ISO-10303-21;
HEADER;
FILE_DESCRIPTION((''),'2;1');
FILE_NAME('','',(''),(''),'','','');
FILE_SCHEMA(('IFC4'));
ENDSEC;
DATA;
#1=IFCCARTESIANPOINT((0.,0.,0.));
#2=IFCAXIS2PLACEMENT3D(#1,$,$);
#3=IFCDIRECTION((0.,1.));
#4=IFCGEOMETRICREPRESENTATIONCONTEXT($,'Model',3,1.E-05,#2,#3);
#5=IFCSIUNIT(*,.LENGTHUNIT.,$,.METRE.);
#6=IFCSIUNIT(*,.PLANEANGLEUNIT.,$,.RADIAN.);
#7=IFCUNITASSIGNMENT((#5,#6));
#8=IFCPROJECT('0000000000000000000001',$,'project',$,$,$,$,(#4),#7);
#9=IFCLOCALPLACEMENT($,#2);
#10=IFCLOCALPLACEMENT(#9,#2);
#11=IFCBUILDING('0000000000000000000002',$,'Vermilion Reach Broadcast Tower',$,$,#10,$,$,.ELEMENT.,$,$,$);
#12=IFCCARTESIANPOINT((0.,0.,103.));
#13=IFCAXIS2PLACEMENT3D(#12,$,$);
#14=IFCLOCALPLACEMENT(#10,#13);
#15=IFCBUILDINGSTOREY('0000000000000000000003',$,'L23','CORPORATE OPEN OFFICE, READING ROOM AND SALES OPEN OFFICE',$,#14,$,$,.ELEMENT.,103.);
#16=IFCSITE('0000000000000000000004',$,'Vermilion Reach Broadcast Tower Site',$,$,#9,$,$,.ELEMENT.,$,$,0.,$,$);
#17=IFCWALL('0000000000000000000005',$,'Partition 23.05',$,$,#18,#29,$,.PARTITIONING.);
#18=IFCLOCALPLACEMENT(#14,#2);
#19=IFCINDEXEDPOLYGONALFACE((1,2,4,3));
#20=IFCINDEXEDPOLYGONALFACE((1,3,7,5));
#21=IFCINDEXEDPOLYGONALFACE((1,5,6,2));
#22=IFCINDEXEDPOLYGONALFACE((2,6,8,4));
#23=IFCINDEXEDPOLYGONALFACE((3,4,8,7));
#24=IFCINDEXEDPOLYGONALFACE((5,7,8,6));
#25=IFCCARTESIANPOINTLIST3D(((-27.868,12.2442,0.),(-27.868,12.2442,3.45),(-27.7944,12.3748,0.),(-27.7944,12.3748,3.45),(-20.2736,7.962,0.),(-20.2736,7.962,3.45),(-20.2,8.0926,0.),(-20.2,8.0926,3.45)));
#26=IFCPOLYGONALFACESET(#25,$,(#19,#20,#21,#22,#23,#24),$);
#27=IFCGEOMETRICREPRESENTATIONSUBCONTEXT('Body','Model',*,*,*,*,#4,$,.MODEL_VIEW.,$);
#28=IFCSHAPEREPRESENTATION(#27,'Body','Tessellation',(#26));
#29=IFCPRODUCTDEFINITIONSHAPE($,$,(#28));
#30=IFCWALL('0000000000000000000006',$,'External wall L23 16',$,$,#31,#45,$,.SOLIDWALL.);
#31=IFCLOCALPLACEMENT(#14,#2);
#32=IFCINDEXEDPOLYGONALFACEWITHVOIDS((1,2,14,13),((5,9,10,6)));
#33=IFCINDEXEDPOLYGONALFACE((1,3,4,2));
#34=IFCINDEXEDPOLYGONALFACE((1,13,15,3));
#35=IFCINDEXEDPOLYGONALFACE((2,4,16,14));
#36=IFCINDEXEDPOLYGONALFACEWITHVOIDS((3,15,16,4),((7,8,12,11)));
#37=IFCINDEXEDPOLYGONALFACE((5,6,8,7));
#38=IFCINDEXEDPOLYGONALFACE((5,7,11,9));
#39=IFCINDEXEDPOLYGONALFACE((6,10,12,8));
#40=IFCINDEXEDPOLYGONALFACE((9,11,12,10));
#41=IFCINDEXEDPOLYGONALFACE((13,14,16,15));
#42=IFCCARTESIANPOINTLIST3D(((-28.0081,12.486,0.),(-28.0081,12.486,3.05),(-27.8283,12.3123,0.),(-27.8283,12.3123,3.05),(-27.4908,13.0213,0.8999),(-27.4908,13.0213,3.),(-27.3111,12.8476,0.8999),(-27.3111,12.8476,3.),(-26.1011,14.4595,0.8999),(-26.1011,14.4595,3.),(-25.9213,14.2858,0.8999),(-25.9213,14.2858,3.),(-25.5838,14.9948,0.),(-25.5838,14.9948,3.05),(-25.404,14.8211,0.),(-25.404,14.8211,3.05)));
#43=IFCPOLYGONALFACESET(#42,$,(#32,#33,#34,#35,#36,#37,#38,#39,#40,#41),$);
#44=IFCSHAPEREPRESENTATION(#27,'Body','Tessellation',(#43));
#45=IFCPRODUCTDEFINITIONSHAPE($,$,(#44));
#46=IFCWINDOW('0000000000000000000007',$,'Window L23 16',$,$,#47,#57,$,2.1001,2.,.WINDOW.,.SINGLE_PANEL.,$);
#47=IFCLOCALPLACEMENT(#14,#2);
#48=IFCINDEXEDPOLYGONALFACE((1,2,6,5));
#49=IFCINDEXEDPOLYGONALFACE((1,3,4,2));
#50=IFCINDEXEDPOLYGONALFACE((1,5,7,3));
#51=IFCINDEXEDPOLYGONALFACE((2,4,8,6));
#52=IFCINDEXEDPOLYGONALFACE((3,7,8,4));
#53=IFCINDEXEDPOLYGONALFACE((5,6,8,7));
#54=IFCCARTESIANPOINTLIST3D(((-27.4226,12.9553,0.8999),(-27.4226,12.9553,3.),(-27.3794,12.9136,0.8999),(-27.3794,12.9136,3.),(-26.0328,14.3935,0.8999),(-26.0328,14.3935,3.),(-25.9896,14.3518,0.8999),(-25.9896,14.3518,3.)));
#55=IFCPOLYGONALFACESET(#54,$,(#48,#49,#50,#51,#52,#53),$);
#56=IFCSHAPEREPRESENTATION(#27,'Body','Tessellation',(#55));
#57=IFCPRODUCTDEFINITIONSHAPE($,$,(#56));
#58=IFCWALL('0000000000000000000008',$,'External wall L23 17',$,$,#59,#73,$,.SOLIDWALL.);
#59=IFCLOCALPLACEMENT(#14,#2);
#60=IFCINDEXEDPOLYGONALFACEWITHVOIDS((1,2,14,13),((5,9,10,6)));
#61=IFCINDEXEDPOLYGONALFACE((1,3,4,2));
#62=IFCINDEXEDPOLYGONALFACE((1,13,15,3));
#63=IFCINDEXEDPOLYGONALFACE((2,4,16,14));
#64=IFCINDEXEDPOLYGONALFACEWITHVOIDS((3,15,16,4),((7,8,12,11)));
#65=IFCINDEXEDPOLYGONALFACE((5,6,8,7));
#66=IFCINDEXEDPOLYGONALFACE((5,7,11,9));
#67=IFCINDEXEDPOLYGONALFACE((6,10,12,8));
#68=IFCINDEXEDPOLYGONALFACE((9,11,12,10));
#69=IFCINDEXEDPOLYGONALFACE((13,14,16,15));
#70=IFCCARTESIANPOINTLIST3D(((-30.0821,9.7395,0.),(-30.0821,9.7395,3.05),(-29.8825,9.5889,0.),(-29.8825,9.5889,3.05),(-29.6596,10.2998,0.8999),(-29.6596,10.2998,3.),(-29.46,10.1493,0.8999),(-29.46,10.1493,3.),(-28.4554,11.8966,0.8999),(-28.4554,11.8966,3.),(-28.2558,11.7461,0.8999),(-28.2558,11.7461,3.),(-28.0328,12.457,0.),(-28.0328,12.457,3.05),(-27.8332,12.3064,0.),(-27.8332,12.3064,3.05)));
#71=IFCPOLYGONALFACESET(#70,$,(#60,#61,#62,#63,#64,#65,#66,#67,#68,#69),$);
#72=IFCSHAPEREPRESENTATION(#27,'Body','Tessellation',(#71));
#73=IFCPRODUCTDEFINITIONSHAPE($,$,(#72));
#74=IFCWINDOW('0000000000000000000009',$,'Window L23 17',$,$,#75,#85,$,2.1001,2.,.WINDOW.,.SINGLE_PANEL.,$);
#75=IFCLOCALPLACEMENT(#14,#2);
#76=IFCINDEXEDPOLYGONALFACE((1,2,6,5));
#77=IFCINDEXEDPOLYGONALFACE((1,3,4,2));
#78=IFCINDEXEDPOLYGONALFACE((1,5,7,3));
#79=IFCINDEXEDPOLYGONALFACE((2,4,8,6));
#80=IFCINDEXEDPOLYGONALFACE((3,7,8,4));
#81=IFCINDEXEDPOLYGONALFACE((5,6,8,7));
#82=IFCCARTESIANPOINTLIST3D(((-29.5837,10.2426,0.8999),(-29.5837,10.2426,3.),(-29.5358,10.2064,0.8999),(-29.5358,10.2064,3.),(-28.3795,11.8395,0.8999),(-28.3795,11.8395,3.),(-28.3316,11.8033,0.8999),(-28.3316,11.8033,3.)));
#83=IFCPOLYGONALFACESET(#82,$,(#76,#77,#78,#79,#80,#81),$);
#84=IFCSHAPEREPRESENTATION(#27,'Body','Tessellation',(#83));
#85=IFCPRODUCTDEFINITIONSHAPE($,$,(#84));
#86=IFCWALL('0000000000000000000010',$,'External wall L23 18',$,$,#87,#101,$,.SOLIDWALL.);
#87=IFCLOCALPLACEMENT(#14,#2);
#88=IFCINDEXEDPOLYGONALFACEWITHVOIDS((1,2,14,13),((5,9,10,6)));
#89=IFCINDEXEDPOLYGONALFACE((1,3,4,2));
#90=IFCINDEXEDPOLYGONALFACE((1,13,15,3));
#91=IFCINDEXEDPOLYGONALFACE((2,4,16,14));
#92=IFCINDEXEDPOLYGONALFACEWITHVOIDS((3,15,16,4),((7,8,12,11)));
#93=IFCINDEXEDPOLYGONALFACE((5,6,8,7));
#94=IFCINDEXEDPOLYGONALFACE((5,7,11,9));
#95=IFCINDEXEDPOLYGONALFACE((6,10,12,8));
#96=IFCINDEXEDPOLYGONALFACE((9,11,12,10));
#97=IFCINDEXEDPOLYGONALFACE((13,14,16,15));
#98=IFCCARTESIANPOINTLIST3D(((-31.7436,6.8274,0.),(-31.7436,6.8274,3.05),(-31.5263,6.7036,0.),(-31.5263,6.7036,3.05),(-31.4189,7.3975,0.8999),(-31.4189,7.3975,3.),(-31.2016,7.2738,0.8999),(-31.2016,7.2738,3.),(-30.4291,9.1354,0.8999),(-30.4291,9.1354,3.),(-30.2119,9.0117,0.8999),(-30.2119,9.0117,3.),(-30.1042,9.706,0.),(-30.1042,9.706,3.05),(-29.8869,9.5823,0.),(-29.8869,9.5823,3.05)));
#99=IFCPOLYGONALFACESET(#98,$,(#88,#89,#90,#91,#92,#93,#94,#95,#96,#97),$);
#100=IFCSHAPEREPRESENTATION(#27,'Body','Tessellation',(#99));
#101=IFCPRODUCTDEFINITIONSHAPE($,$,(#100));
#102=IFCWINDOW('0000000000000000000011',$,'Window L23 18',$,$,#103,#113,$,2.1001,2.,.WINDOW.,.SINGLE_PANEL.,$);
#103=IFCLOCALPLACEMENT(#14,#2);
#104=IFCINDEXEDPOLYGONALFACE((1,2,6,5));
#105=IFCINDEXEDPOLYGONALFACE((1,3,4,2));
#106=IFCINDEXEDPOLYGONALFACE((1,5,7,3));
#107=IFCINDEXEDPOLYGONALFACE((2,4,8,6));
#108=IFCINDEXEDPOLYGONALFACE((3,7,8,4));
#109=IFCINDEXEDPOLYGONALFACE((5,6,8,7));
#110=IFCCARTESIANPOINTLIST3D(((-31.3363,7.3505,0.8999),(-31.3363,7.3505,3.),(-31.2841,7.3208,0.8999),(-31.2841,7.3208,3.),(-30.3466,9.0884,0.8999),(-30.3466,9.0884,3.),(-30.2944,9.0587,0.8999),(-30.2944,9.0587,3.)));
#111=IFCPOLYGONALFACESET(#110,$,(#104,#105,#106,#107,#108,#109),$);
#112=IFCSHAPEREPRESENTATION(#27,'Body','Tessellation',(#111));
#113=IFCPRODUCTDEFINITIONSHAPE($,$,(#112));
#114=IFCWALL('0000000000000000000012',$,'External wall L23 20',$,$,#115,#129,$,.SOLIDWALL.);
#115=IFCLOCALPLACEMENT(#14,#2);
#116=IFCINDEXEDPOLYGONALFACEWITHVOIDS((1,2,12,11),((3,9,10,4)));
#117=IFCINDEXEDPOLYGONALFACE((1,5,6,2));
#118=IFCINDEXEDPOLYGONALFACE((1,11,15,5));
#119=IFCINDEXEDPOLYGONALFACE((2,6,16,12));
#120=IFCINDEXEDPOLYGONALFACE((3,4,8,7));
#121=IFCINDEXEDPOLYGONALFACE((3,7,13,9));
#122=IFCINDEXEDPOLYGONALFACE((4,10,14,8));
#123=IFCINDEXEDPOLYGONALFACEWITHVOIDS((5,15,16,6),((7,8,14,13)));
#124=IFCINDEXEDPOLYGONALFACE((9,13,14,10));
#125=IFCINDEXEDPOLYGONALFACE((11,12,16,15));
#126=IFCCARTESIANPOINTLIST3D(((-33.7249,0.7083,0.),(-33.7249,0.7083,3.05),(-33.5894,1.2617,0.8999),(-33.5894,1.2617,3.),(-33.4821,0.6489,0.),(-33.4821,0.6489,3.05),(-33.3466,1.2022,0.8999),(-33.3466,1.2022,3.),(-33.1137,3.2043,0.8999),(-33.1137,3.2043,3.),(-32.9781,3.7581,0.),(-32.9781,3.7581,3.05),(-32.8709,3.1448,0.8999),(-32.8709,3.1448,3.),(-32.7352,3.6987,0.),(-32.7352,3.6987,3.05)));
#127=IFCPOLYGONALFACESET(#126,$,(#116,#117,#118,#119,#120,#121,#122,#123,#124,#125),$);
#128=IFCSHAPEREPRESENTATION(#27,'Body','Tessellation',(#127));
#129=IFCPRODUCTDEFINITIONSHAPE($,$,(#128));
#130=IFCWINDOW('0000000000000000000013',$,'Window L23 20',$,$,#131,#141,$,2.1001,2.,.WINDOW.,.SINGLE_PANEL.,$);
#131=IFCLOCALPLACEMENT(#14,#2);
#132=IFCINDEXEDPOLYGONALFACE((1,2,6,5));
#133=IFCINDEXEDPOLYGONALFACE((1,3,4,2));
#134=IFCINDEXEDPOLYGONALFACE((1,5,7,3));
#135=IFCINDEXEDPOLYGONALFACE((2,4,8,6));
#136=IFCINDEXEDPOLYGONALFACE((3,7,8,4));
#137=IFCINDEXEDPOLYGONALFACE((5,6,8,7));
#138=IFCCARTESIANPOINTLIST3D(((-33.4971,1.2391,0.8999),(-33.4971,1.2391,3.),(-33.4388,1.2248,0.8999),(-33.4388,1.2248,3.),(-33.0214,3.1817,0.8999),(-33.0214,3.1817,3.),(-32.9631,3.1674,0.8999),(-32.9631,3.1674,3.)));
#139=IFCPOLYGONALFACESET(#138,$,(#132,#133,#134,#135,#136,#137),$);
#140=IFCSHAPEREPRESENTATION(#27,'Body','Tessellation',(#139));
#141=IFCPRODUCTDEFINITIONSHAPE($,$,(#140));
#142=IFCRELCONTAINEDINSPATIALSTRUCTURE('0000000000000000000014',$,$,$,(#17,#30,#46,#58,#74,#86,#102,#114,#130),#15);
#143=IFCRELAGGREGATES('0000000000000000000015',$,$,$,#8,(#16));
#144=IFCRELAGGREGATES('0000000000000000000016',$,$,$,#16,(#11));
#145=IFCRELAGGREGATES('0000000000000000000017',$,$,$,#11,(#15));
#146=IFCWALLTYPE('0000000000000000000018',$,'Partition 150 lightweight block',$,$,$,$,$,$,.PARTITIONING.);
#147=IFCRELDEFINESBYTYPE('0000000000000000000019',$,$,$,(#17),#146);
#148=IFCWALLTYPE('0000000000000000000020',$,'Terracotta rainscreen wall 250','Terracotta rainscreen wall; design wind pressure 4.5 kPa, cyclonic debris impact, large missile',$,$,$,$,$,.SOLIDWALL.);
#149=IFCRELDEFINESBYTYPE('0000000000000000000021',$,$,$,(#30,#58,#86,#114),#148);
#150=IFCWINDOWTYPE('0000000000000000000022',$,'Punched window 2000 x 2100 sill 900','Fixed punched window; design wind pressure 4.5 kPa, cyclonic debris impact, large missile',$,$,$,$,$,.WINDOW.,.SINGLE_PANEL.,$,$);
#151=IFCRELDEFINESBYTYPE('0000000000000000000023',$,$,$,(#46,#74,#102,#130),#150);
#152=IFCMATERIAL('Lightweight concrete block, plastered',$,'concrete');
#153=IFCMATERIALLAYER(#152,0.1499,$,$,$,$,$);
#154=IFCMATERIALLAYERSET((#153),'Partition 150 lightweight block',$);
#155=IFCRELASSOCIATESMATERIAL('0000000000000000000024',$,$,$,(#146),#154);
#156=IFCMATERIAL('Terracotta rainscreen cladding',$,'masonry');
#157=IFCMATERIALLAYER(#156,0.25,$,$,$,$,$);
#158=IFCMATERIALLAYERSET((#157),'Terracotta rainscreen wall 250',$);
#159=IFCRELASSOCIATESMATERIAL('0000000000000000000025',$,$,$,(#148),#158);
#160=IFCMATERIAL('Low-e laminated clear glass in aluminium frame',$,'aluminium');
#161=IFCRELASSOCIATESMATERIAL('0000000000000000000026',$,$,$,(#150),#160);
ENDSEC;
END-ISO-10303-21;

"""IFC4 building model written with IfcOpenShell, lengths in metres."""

from ifc_helpers import new_model, si_unit, direction, frame, frame_2d, origin, place, context, subcontext, project, spatial, rectangle, extrude, material, layer, layer_set, type_object, element, fill, save


model = new_model("IFC4")

# Units and contexts
model_context = context("Model", 3, precision=1e-05, world=origin(), true_north=direction((0.0, 1.0)))
body_context = subcontext(model_context, "Body", "Model", "MODEL_VIEW")
ifc_project = project(units=[si_unit("LENGTHUNIT", "METRE"), si_unit("PLANEANGLEUNIT", "RADIAN")], contexts=[model_context])

# Site, building, storey
site_placement = place(None, origin())
site = spatial("IfcSite", under=ifc_project, at=site_placement, Name="Vermilion Reach Broadcast Tower Site", CompositionType="ELEMENT", RefElevation=0.0)
building_placement = place(site_placement, origin())
building = spatial("IfcBuilding", under=site, at=building_placement, Name="Vermilion Reach Broadcast Tower", CompositionType="ELEMENT")
storey_placement = place(building_placement, frame((0.0, 0.0, 103.0)))
storey = spatial("IfcBuildingStorey", under=building, at=storey_placement, Name="L23", Description="CORPORATE OPEN OFFICE, READING ROOM AND SALES OPEN OFFICE", CompositionType="ELEMENT", Elevation=103.0)

# Wall
ifc_material_1 = material(Name="Lightweight concrete block, plastered", Category="concrete")
ifc_layer_1 = layer(ifc_material_1, 0.1499)
ifc_layer_set_1 = layer_set([ifc_layer_1], Name="Partition 150 lightweight block")
wall_type_1 = type_object("IfcWallType", Name="Partition 150 lightweight block", PredefinedType="PARTITIONING", material=ifc_layer_set_1)
wall_1_placement = place(storey_placement, frame((-27.8313, 12.3096, 0.0), z_axis=(0.0, 0.0, 1.0), x_axis=(0.871069, -0.491161, 0.0)))
element("IfcWall", 1, at=wall_1_placement, inside=storey, type_object=wall_type_1, Name="Partition 23.05", PredefinedType="PARTITIONING", context=body_context, shape_type="SweptSolid", body=[
    extrude(rectangle(XDim=8.7185, YDim=0.1499, at=frame_2d((4.3594, 0.0))), origin(), (0.0, 0.0, 1.0), 3.45),
])

# Shared definitions
ifc_material_2 = material(Name="Terracotta rainscreen cladding", Category="masonry")
ifc_layer_2 = layer(ifc_material_2, 0.25)
ifc_layer_set_2 = layer_set([ifc_layer_2], Name="Terracotta rainscreen wall 250")
wall_type_2 = type_object("IfcWallType", Name="Terracotta rainscreen wall 250", Description="Terracotta rainscreen wall; design wind pressure 4.5 kPa, cyclonic debris impact, large missile", PredefinedType="SOLIDWALL", material=ifc_layer_set_2)

# Walls, openings, windows
wall_2_placement = place(storey_placement, frame((-25.4939, 14.908, 0.0), z_axis=(0.0, 0.0, 1.0), x_axis=(-0.694897, -0.71911, 0.0)))
wall_2 = element("IfcWall", 2, at=wall_2_placement, inside=storey, type_object=wall_type_2, Name="External wall L23 16", PredefinedType="SOLIDWALL", context=body_context, shape_type="SweptSolid", body=[
    extrude(rectangle(XDim=3.4888, YDim=0.25, at=frame_2d((1.7444, 0.0))), origin(), (0.0, 0.0, 1.0), 3.05),
])
opening_1_placement = place(wall_2_placement, frame((0.7444, 0.0, 0.8999)))
opening_1 = element("IfcOpeningElement", 3, at=opening_1_placement, cuts=wall_2, PredefinedType="OPENING", context=body_context, shape_type="SweptSolid", body=[
    extrude(rectangle(XDim=2.0, YDim=2.1001, at=frame_2d((1.0, 1.05))), frame((0.0, 0.135, 0.0), z_axis=(0.0, -1.0, 0.0), x_axis=(1.0, 0.0, 0.0)), (0.0, 0.0, 1.0), 0.27),
])
ifc_material_3 = material(Name="Low-e laminated clear glass in aluminium frame", Category="aluminium")
window_type = type_object("IfcWindowType", Name="Punched window 2000 x 2100 sill 900", Description="Fixed punched window; design wind pressure 4.5 kPa, cyclonic debris impact, large missile", PartitioningType="SINGLE_PANEL", PredefinedType="WINDOW", material=ifc_material_3)
window_1_placement = place(opening_1_placement, origin())
window_1 = element("IfcWindow", 4, at=window_1_placement, inside=storey, type_object=window_type, Name="Window L23 16", OverallHeight=2.1001, OverallWidth=2.0, PartitioningType="SINGLE_PANEL", PredefinedType="WINDOW", context=body_context, shape_type="SweptSolid", body=[
    extrude(rectangle(XDim=2.0, YDim=2.1001, at=frame_2d((1.0, 1.05))), frame((0.0, 0.03, 0.0), z_axis=(0.0, -1.0, 0.0), x_axis=(1.0, 0.0, 0.0)), (0.0, 0.0, 1.0), 0.0601),
])
fill(opening_1, window_1)
wall_3_placement = place(storey_placement, frame((-27.9331, 12.3816, 0.0), z_axis=(0.0, 0.0, 1.0), x_axis=(-0.602098, -0.798422, 0.0)))
wall_3 = element("IfcWall", 5, at=wall_3_placement, inside=storey, type_object=wall_type_2, Name="External wall L23 17", PredefinedType="SOLIDWALL", context=body_context, shape_type="SweptSolid", body=[
    extrude(rectangle(XDim=3.4036, YDim=0.25, at=frame_2d((1.7017, 0.0))), origin(), (0.0, 0.0, 1.0), 3.05),
])
opening_2_placement = place(wall_3_placement, frame((0.7017, 0.0, 0.8999)))
opening_2 = element("IfcOpeningElement", 6, at=opening_2_placement, cuts=wall_3, PredefinedType="OPENING", context=body_context, shape_type="SweptSolid", body=[
    extrude(rectangle(XDim=2.0, YDim=2.1001, at=frame_2d((1.0, 1.05))), frame((0.0, 0.135, 0.0), z_axis=(0.0, -1.0, 0.0), x_axis=(1.0, 0.0, 0.0)), (0.0, 0.0, 1.0), 0.27),
])
window_2_placement = place(opening_2_placement, origin())
window_2 = element("IfcWindow", 7, at=window_2_placement, inside=storey, type_object=window_type, Name="Window L23 17", OverallHeight=2.1001, OverallWidth=2.0, PartitioningType="SINGLE_PANEL", PredefinedType="WINDOW", context=body_context, shape_type="SweptSolid", body=[
    extrude(rectangle(XDim=2.0, YDim=2.1001, at=frame_2d((1.0, 1.05))), frame((0.0, 0.03, 0.0), z_axis=(0.0, -1.0, 0.0), x_axis=(1.0, 0.0, 0.0)), (0.0, 0.0, 1.0), 0.0601),
])
fill(opening_2, window_2)
wall_4_placement = place(storey_placement, frame((-29.9956, 9.644, 0.0), z_axis=(0.0, 0.0, 1.0), x_axis=(-0.494876, -0.868963, 0.0)))
wall_4 = element("IfcWall", 8, at=wall_4_placement, inside=storey, type_object=wall_type_2, Name="External wall L23 18", PredefinedType="SOLIDWALL", context=body_context, shape_type="SweptSolid", body=[
    extrude(rectangle(XDim=3.3127, YDim=0.25, at=frame_2d((1.6562, 0.0))), origin(), (0.0, 0.0, 1.0), 3.05),
])
opening_3_placement = place(wall_4_placement, frame((0.6565, 0.0, 0.8999)))
opening_3 = element("IfcOpeningElement", 9, at=opening_3_placement, cuts=wall_4, PredefinedType="OPENING", context=body_context, shape_type="SweptSolid", body=[
    extrude(rectangle(XDim=2.0, YDim=2.1001, at=frame_2d((1.0, 1.05))), frame((0.0, 0.135, 0.0), z_axis=(0.0, -1.0, 0.0), x_axis=(1.0, 0.0, 0.0)), (0.0, 0.0, 1.0), 0.27),
])
window_3_placement = place(opening_3_placement, origin())
window_3 = element("IfcWindow", 10, at=window_3_placement, inside=storey, type_object=window_type, Name="Window L23 18", OverallHeight=2.1001, OverallWidth=2.0, PartitioningType="SINGLE_PANEL", PredefinedType="WINDOW", context=body_context, shape_type="SweptSolid", body=[
    extrude(rectangle(XDim=2.0, YDim=2.1001, at=frame_2d((1.0, 1.05))), frame((0.0, 0.03, 0.0), z_axis=(0.0, -1.0, 0.0), x_axis=(1.0, 0.0, 0.0)), (0.0, 0.0, 1.0), 0.0601),
])
fill(opening_3, window_3)

# Wall, opening, window
wall_5_placement = place(storey_placement, frame((-32.8567, 3.7283, 0.0), z_axis=(0.0, 0.0, 1.0), x_axis=(-0.237849, -0.971302, 0.0)))
wall_5 = element("IfcWall", 11, at=wall_5_placement, inside=storey, type_object=wall_type_2, Name="External wall L23 20", PredefinedType="SOLIDWALL", context=body_context, shape_type="SweptSolid", body=[
    extrude(rectangle(XDim=3.1399, YDim=0.25, at=frame_2d((1.5698, 0.0))), origin(), (0.0, 0.0, 1.0), 3.05),
])
opening_4_placement = place(wall_5_placement, frame((0.5701, 0.0, 0.8999)))
opening_4 = element("IfcOpeningElement", 12, at=opening_4_placement, cuts=wall_5, PredefinedType="OPENING", context=body_context, shape_type="SweptSolid", body=[
    extrude(rectangle(XDim=2.0, YDim=2.1001, at=frame_2d((1.0, 1.05))), frame((0.0, 0.135, 0.0), z_axis=(0.0, -1.0, 0.0), x_axis=(1.0, 0.0, 0.0)), (0.0, 0.0, 1.0), 0.27),
])
window_4_placement = place(opening_4_placement, origin())
window_4 = element("IfcWindow", 13, at=window_4_placement, inside=storey, type_object=window_type, Name="Window L23 20", OverallHeight=2.1001, OverallWidth=2.0, PartitioningType="SINGLE_PANEL", PredefinedType="WINDOW", context=body_context, shape_type="SweptSolid", body=[
    extrude(rectangle(XDim=2.0, YDim=2.1001, at=frame_2d((1.0, 1.05))), frame((0.0, 0.03, 0.0), z_axis=(0.0, -1.0, 0.0), x_axis=(1.0, 0.0, 0.0)), (0.0, 0.0, 1.0), 0.0601),
])
fill(opening_4, window_4)

save(model, "model.ifc")
